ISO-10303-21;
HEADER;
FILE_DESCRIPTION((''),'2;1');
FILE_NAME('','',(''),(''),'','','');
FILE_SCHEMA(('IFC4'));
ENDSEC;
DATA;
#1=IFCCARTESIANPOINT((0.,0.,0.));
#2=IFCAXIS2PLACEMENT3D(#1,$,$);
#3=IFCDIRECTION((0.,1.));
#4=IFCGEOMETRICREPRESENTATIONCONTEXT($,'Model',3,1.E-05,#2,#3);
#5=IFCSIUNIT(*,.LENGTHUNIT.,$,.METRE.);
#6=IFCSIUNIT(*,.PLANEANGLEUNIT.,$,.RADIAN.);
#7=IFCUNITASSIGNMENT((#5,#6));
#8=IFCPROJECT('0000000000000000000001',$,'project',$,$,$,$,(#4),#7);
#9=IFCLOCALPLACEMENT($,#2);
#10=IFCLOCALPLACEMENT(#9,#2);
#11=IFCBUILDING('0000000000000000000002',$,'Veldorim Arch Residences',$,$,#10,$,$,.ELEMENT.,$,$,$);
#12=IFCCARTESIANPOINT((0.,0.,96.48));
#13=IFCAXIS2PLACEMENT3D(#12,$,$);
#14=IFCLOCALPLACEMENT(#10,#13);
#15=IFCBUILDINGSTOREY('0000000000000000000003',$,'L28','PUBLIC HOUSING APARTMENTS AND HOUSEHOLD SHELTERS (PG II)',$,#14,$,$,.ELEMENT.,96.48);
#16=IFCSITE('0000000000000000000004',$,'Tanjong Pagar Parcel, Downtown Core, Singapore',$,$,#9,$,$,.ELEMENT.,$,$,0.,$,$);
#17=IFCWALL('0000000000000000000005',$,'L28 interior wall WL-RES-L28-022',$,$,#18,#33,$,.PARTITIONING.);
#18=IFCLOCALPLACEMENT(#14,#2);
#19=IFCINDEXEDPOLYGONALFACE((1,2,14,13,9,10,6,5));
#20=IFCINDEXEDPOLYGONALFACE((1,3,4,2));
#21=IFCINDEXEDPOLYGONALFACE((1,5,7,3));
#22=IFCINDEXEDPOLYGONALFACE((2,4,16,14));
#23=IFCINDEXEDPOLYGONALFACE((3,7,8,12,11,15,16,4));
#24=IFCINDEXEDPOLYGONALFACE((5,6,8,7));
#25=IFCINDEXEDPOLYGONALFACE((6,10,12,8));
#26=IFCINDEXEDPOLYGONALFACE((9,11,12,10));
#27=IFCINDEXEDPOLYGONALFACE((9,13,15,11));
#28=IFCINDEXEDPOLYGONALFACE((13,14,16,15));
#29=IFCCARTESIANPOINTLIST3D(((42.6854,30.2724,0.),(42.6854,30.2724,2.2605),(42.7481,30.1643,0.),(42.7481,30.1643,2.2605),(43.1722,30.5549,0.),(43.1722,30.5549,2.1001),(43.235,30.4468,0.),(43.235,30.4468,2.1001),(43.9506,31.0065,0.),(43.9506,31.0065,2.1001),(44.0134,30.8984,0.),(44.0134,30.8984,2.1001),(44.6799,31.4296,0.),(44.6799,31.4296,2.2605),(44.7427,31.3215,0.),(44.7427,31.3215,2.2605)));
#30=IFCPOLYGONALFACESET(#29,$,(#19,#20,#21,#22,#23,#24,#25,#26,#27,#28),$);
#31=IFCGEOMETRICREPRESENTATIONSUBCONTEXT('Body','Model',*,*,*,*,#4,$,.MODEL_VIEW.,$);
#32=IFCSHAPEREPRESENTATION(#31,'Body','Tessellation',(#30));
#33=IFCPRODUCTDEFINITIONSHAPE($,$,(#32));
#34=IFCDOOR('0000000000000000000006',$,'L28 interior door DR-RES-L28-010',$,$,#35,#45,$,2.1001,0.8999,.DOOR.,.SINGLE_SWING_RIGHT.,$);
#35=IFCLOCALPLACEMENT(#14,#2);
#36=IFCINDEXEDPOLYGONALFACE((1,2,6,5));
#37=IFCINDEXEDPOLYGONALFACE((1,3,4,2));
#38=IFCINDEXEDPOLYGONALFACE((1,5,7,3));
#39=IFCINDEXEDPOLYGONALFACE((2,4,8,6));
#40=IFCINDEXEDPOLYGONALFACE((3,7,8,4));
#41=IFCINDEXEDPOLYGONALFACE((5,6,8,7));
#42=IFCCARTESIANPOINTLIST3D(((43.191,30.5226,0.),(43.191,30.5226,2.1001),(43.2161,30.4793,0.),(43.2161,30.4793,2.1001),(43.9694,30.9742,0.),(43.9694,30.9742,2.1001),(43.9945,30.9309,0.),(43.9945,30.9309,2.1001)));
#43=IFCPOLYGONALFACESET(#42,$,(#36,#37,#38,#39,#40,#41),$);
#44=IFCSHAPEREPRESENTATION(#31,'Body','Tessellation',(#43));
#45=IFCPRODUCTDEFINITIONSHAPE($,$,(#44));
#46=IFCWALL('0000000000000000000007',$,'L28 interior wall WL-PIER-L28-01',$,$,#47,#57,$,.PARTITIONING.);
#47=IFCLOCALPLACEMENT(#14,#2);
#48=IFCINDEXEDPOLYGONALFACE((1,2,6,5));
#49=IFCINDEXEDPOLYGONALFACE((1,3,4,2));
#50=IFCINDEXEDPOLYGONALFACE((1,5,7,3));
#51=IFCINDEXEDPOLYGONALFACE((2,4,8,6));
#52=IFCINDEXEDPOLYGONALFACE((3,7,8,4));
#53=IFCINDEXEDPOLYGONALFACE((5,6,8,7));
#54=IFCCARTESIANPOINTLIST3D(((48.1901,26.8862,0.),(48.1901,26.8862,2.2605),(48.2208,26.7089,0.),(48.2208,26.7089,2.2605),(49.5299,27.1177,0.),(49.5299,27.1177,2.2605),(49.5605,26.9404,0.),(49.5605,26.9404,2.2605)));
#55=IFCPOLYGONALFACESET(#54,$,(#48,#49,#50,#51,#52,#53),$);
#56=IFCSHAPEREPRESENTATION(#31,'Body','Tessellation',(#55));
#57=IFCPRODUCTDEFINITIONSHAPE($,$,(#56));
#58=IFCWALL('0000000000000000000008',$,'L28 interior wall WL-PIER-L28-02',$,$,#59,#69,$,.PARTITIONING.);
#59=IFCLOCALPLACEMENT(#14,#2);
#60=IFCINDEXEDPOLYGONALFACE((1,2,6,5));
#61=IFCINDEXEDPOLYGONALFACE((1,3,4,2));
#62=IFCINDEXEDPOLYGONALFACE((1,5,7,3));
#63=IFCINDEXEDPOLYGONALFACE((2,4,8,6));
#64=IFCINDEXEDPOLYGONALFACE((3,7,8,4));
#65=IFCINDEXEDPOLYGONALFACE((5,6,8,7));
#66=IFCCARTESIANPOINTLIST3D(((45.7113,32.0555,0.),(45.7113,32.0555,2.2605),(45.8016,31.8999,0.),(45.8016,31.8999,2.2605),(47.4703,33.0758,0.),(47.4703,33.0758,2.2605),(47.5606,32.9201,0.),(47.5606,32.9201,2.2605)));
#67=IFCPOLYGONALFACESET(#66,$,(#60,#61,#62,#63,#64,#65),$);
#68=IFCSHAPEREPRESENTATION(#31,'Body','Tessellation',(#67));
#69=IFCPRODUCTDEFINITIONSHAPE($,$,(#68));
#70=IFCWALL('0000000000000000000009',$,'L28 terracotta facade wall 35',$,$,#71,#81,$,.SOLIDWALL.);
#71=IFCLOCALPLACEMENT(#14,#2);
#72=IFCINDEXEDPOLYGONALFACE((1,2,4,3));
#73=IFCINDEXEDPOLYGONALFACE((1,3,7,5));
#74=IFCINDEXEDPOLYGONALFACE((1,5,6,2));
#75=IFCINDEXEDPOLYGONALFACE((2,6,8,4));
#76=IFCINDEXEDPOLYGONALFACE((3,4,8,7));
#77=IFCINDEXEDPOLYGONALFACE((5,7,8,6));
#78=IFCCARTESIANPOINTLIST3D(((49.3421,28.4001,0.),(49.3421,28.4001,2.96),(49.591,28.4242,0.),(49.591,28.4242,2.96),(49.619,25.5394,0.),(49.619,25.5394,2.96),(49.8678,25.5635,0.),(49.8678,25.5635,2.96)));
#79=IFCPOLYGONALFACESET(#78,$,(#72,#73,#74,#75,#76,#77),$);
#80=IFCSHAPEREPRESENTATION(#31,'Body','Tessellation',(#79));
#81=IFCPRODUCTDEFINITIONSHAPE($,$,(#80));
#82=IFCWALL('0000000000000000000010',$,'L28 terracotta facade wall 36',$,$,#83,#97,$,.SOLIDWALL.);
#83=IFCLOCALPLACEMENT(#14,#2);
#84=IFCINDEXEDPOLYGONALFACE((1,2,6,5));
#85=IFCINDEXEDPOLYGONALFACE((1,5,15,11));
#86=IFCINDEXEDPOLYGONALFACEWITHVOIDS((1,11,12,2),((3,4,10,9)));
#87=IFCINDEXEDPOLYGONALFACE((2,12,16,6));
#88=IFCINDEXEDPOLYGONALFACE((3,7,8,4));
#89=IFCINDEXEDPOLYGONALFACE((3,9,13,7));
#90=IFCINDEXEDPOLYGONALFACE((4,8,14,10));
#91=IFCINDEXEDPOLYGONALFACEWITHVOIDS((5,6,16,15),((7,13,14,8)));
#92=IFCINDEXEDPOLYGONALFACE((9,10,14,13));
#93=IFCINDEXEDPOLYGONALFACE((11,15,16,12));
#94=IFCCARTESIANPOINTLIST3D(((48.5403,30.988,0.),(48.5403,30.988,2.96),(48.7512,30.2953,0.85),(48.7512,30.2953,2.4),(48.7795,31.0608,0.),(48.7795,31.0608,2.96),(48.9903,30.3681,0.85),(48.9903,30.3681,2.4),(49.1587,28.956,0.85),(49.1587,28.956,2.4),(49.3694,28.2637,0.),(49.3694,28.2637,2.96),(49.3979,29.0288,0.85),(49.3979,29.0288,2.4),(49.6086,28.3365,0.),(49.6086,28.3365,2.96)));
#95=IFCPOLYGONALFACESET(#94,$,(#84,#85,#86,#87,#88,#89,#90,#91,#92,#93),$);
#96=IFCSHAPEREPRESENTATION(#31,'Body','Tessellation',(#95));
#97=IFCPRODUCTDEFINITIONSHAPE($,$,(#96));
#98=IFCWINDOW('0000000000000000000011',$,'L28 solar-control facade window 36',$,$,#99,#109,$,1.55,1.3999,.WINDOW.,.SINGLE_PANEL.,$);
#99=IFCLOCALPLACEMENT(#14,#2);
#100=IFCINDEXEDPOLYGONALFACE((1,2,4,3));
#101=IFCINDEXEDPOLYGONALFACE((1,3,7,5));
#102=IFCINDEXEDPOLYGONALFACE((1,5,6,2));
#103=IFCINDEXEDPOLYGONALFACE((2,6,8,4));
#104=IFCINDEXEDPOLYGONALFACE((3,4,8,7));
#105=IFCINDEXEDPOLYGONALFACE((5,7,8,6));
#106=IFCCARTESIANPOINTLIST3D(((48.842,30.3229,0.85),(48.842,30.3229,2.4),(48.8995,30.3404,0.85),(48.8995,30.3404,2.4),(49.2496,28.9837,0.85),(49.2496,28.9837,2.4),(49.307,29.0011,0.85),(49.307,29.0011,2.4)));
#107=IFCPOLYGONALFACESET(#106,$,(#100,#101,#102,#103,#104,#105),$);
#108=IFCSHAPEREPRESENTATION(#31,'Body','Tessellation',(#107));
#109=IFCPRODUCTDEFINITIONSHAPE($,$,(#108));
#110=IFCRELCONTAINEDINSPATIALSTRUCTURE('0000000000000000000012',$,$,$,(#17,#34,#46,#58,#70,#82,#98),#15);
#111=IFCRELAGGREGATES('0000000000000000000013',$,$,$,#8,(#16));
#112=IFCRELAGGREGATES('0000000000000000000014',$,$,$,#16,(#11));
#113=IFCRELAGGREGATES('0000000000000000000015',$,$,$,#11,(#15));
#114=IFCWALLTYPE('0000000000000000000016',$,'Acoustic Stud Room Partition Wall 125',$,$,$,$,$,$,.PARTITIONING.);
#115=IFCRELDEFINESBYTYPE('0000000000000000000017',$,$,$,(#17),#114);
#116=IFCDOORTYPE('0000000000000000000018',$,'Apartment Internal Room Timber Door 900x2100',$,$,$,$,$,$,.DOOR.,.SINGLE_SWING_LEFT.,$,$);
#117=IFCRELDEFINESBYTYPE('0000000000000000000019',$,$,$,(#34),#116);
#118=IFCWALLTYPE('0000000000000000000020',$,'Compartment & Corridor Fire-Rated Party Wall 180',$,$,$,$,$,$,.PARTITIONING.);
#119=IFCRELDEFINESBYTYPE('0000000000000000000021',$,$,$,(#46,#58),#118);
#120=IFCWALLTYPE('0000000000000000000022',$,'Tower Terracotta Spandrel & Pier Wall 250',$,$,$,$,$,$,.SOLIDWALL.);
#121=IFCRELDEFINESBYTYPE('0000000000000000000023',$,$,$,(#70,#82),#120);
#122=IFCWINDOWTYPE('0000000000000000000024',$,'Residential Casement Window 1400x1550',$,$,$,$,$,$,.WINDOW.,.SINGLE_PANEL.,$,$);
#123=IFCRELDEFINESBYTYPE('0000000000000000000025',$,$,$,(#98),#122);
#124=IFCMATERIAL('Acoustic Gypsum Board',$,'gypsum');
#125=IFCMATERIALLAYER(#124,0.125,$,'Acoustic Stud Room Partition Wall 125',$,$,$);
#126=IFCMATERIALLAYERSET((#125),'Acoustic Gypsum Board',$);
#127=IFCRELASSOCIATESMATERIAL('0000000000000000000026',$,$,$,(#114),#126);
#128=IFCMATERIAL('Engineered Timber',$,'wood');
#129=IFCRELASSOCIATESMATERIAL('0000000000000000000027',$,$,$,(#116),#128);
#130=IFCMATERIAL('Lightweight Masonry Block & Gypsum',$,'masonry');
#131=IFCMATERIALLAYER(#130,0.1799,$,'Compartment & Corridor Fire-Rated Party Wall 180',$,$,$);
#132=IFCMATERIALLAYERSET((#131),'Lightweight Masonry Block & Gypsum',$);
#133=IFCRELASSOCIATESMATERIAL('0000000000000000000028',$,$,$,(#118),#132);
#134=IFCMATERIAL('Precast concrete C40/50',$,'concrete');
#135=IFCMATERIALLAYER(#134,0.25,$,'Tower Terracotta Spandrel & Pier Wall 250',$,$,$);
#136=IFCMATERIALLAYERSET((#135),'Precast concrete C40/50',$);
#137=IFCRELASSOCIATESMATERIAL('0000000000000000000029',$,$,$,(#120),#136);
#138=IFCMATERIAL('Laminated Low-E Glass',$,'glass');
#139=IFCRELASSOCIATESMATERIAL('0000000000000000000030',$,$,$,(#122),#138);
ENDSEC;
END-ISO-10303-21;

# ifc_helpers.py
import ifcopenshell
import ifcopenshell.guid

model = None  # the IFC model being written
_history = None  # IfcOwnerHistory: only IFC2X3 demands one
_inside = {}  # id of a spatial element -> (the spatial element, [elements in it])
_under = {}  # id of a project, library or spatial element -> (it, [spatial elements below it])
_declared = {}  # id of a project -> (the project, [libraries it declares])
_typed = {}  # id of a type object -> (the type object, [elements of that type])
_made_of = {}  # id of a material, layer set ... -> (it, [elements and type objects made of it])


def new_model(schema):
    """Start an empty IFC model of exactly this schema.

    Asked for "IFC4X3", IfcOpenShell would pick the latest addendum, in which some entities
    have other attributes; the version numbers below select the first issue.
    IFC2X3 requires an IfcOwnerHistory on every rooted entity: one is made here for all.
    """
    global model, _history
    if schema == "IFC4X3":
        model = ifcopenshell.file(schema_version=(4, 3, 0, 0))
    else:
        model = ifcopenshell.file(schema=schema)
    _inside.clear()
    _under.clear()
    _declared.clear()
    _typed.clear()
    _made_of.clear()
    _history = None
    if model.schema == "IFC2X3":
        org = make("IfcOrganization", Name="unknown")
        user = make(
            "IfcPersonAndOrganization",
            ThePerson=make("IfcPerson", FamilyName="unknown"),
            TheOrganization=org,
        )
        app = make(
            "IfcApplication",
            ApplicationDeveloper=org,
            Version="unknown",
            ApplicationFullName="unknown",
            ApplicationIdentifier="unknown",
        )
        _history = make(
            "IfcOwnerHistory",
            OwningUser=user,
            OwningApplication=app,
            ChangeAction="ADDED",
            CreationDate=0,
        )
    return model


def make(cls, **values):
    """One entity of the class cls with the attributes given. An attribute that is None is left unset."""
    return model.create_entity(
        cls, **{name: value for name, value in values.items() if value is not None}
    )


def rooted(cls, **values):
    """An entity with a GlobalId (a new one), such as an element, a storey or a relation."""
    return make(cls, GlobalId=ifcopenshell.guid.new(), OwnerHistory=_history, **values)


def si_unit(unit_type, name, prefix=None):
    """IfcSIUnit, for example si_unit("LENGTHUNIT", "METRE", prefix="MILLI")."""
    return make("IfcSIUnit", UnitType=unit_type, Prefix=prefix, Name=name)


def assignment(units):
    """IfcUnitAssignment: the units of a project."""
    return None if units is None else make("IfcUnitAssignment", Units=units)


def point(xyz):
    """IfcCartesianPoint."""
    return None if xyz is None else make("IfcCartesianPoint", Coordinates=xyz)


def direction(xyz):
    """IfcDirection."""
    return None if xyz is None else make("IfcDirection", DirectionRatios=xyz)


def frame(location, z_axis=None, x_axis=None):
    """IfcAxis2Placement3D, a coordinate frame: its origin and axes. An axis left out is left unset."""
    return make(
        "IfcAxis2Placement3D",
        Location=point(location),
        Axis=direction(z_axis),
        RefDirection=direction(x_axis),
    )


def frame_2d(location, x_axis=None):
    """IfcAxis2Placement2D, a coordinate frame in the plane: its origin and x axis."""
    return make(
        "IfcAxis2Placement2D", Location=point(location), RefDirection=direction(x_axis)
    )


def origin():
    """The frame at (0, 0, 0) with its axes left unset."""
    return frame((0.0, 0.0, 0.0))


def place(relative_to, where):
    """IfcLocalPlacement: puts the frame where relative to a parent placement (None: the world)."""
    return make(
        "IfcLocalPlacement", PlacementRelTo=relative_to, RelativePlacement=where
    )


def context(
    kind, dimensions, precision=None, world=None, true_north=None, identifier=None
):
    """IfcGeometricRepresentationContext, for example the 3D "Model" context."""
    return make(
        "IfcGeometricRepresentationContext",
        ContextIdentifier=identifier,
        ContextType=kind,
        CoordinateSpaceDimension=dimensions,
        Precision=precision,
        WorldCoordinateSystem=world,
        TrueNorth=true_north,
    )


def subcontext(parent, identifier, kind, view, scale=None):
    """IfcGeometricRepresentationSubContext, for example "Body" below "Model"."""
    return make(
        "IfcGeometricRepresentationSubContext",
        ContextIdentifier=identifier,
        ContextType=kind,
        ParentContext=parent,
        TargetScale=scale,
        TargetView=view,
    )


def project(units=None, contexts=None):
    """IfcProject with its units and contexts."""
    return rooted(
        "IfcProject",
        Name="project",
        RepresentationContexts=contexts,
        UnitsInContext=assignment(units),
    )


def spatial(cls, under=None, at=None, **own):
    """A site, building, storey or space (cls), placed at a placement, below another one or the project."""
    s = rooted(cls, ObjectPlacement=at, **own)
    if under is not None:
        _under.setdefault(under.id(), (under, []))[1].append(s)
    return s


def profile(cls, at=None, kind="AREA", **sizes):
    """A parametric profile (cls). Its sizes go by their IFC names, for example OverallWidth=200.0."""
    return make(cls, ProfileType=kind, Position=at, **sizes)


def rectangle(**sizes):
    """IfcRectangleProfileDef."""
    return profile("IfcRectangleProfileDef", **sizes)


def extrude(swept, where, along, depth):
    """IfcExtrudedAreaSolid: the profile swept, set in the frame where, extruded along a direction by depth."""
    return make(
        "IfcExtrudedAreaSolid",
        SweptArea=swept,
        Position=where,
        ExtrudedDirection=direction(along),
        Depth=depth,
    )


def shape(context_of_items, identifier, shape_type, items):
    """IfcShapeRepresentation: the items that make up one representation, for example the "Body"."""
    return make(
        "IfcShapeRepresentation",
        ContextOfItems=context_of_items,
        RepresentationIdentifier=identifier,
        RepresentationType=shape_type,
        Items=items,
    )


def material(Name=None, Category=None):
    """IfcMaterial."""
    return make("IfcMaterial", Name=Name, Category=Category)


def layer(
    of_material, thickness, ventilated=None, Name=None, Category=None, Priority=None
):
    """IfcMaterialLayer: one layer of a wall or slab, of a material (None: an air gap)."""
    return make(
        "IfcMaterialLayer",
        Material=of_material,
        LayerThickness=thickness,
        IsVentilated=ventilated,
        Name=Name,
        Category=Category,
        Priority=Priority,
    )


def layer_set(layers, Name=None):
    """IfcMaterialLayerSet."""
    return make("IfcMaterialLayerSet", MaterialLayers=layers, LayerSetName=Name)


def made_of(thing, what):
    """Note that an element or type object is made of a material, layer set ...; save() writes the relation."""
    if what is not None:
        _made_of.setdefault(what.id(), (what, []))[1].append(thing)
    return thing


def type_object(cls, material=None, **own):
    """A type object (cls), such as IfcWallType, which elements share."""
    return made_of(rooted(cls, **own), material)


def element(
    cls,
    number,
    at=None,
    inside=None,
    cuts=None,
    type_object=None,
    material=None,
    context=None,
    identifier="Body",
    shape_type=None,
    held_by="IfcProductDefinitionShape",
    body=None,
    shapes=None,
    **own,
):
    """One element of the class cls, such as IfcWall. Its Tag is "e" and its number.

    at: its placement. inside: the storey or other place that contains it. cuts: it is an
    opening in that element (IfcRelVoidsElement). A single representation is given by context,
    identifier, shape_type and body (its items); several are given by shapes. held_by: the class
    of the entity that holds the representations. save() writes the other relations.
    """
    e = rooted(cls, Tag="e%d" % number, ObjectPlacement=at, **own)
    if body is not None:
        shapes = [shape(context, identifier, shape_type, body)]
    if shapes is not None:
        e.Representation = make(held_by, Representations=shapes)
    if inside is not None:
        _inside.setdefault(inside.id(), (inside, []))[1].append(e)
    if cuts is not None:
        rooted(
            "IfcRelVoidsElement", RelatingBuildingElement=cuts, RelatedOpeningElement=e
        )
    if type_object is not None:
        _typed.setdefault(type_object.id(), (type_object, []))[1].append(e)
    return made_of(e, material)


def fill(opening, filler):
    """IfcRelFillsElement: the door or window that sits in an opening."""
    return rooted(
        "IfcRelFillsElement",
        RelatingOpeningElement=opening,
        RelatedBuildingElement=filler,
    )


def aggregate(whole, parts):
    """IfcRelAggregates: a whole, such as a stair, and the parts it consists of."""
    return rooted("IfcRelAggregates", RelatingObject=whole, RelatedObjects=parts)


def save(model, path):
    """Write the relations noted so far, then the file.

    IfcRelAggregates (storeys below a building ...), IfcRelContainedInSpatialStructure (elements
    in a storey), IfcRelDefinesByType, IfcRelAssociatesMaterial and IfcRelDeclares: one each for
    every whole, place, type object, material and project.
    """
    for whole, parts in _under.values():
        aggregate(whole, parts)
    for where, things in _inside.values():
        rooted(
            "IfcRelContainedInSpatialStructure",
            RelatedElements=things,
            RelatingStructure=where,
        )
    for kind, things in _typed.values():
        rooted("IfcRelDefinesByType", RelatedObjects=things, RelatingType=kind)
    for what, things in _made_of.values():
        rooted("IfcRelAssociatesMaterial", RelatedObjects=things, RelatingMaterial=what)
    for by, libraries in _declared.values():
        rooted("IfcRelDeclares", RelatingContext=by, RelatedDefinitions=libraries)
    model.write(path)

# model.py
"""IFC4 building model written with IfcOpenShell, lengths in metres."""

from ifc_helpers import new_model, si_unit, direction, frame, frame_2d, origin, place, context, subcontext, project, spatial, rectangle, extrude, material, layer, layer_set, type_object, element, fill, save


model = new_model("IFC4")

# Units and contexts
model_context = context("Model", 3, precision=1e-05, world=origin(), true_north=direction((0.0, 1.0)))
body_context = subcontext(model_context, "Body", "Model", "MODEL_VIEW")
ifc_project = project(units=[si_unit("LENGTHUNIT", "METRE"), si_unit("PLANEANGLEUNIT", "RADIAN")], contexts=[model_context])

# Site, building, storey
site_placement = place(None, origin())
site = spatial("IfcSite", under=ifc_project, at=site_placement, Name="Tanjong Pagar Parcel, Downtown Core, Singapore", CompositionType="ELEMENT", RefElevation=0.0)
building_placement = place(site_placement, origin())
building = spatial("IfcBuilding", under=site, at=building_placement, Name="Veldorim Arch Residences", CompositionType="ELEMENT")
storey_placement = place(building_placement, frame((0.0, 0.0, 96.48)))
storey = spatial("IfcBuildingStorey", under=building, at=storey_placement, Name="L28", Description="PUBLIC HOUSING APARTMENTS AND HOUSEHOLD SHELTERS (PG II)", CompositionType="ELEMENT", Elevation=96.48)

# Wall, opening, door
ifc_material_1 = material(Name="Acoustic Gypsum Board", Category="gypsum")
ifc_layer_1 = layer(ifc_material_1, 0.125, Name="Acoustic Stud Room Partition Wall 125")
ifc_layer_set_1 = layer_set([ifc_layer_1], Name="Acoustic Gypsum Board")
wall_type_1 = type_object("IfcWallType", Name="Acoustic Stud Room Partition Wall 125", PredefinedType="PARTITIONING", material=ifc_layer_set_1)
wall_1_placement = place(storey_placement, frame((44.7112, 31.3755, 0.0), z_axis=(0.0, 0.0, 1.0), x_axis=(-0.864967, -0.501829, 0.0)))
wall_1 = element("IfcWall", 1, at=wall_1_placement, inside=storey, type_object=wall_type_1, Name="L28 interior wall WL-RES-L28-022", PredefinedType="PARTITIONING", context=body_context, shape_type="SweptSolid", body=[
    extrude(rectangle(XDim=2.3059, YDim=0.125, at=frame_2d((1.1528, 0.0))), origin(), (0.0, 0.0, 1.0), 2.2605),
])
opening_1_placement = place(wall_1_placement, frame((0.843, 0.0, 0.0)))
opening_1 = element("IfcOpeningElement", 2, at=opening_1_placement, cuts=wall_1, PredefinedType="OPENING", context=body_context, shape_type="SweptSolid", body=[
    extrude(rectangle(XDim=0.8999, YDim=2.1001, at=frame_2d((0.45, 1.05))), frame((0.0, 0.0725, 0.0), z_axis=(0.0, -1.0, 0.0), x_axis=(1.0, 0.0, 0.0)), (0.0, 0.0, 1.0), 0.145),
])
ifc_material_2 = material(Name="Engineered Timber", Category="wood")
door_type = type_object("IfcDoorType", Name="Apartment Internal Room Timber Door 900x2100", OperationType="SINGLE_SWING_LEFT", PredefinedType="DOOR", material=ifc_material_2)
door_placement = place(opening_1_placement, origin())
door = element("IfcDoor", 3, at=door_placement, inside=storey, type_object=door_type, Name="L28 interior door DR-RES-L28-010", OperationType="SINGLE_SWING_RIGHT", OverallHeight=2.1001, OverallWidth=0.8999, PredefinedType="DOOR", context=body_context, shape_type="SweptSolid", body=[
    extrude(rectangle(XDim=0.8999, YDim=2.1001, at=frame_2d((0.45, 1.05))), frame((0.0, 0.0249, 0.0), z_axis=(0.0, -1.0, 0.0), x_axis=(1.0, 0.0, 0.0)), (0.0, 0.0, 1.0), 0.05),
])
fill(opening_1, door)

# Walls
ifc_material_3 = material(Name="Lightweight Masonry Block & Gypsum", Category="masonry")
ifc_layer_2 = layer(ifc_material_3, 0.1799, Name="Compartment & Corridor Fire-Rated Party Wall 180")
ifc_layer_set_2 = layer_set([ifc_layer_2], Name="Lightweight Masonry Block & Gypsum")
wall_type_2 = type_object("IfcWallType", Name="Compartment & Corridor Fire-Rated Party Wall 180", PredefinedType="PARTITIONING", material=ifc_layer_set_2)
wall_2_placement = place(storey_placement, frame((48.2056, 26.7976, 0.0), z_axis=(0.0, 0.0, 1.0), x_axis=(0.985406, 0.17022, 0.0)))
element("IfcWall", 4, at=wall_2_placement, inside=storey, type_object=wall_type_2, Name="L28 interior wall WL-PIER-L28-01", PredefinedType="PARTITIONING", context=body_context, shape_type="SweptSolid", body=[
    extrude(rectangle(XDim=1.3596, YDim=0.1799, at=frame_2d((0.6797, 0.0))), origin(), (0.0, 0.0, 1.0), 2.2605),
])
wall_3_placement = place(storey_placement, frame((45.7566, 31.9778, 0.0), z_axis=(0.0, 0.0, 1.0), x_axis=(0.865026, 0.501727, 0.0)))
element("IfcWall", 5, at=wall_3_placement, inside=storey, type_object=wall_type_2, Name="L28 interior wall WL-PIER-L28-02", PredefinedType="PARTITIONING", context=body_context, shape_type="SweptSolid", body=[
    extrude(rectangle(XDim=2.0334, YDim=0.1799, at=frame_2d((1.0166, 0.0))), origin(), (0.0, 0.0, 1.0), 2.2605),
])
ifc_material_4 = material(Name="Precast concrete C40/50", Category="concrete")
ifc_layer_3 = layer(ifc_material_4, 0.25, Name="Tower Terracotta Spandrel & Pier Wall 250")
ifc_layer_set_3 = layer_set([ifc_layer_3], Name="Precast concrete C40/50")
wall_type_3 = type_object("IfcWallType", Name="Tower Terracotta Spandrel & Pier Wall 250", PredefinedType="SOLIDWALL", material=ifc_layer_set_3)
wall_4_placement = place(storey_placement, frame((49.4666, 28.4121, 0.0), z_axis=(0.0, 0.0, 1.0), x_axis=(0.096332, -0.995349, 0.0)))
element("IfcWall", 6, at=wall_4_placement, inside=storey, type_object=wall_type_3, Name="L28 terracotta facade wall 35", PredefinedType="SOLIDWALL", context=body_context, shape_type="SweptSolid", body=[
    extrude(rectangle(XDim=2.874, YDim=0.25, at=frame_2d((1.437, 0.0))), origin(), (0.0, 0.0, 1.0), 2.96),
])

# Wall, opening, window
wall_5_placement = place(storey_placement, frame((48.6599, 31.0244, 0.0), z_axis=(0.0, 0.0, 1.0), x_axis=(0.291145, -0.956679, 0.0)))
wall_5 = element("IfcWall", 7, at=wall_5_placement, inside=storey, type_object=wall_type_3, Name="L28 terracotta facade wall 36", PredefinedType="SOLIDWALL", context=body_context, shape_type="SweptSolid", body=[
    extrude(rectangle(XDim=2.8477, YDim=0.25, at=frame_2d((1.4238, 0.0))), origin(), (0.0, 0.0, 1.0), 2.96),
])
opening_2_placement = place(wall_5_placement, frame((0.7241, 0.0, 0.8501)))
opening_2 = element("IfcOpeningElement", 8, at=opening_2_placement, cuts=wall_5, PredefinedType="OPENING", context=body_context, shape_type="SweptSolid", body=[
    extrude(rectangle(XDim=1.3999, YDim=1.55, at=frame_2d((0.7, 0.7749))), frame((0.0, 0.135, 0.0), z_axis=(0.0, -1.0, 0.0), x_axis=(1.0, 0.0, 0.0)), (0.0, 0.0, 1.0), 0.27),
])
ifc_material_5 = material(Name="Laminated Low-E Glass", Category="glass")
window_type = type_object("IfcWindowType", Name="Residential Casement Window 1400x1550", PartitioningType="SINGLE_PANEL", PredefinedType="WINDOW", material=ifc_material_5)
window_placement = place(opening_2_placement, origin())
window = element("IfcWindow", 9, at=window_placement, inside=storey, type_object=window_type, Name="L28 solar-control facade window 36", OverallHeight=1.55, OverallWidth=1.3999, PartitioningType="SINGLE_PANEL", PredefinedType="WINDOW", context=body_context, shape_type="SweptSolid", body=[
    extrude(rectangle(XDim=1.3999, YDim=1.55, at=frame_2d((0.7, 0.7749))), frame((0.0, 0.03, 0.0), z_axis=(0.0, -1.0, 0.0), x_axis=(1.0, 0.0, 0.0)), (0.0, 0.0, 1.0), 0.0601),
])
fill(opening_2, window)

save(model, "model.ifc")
